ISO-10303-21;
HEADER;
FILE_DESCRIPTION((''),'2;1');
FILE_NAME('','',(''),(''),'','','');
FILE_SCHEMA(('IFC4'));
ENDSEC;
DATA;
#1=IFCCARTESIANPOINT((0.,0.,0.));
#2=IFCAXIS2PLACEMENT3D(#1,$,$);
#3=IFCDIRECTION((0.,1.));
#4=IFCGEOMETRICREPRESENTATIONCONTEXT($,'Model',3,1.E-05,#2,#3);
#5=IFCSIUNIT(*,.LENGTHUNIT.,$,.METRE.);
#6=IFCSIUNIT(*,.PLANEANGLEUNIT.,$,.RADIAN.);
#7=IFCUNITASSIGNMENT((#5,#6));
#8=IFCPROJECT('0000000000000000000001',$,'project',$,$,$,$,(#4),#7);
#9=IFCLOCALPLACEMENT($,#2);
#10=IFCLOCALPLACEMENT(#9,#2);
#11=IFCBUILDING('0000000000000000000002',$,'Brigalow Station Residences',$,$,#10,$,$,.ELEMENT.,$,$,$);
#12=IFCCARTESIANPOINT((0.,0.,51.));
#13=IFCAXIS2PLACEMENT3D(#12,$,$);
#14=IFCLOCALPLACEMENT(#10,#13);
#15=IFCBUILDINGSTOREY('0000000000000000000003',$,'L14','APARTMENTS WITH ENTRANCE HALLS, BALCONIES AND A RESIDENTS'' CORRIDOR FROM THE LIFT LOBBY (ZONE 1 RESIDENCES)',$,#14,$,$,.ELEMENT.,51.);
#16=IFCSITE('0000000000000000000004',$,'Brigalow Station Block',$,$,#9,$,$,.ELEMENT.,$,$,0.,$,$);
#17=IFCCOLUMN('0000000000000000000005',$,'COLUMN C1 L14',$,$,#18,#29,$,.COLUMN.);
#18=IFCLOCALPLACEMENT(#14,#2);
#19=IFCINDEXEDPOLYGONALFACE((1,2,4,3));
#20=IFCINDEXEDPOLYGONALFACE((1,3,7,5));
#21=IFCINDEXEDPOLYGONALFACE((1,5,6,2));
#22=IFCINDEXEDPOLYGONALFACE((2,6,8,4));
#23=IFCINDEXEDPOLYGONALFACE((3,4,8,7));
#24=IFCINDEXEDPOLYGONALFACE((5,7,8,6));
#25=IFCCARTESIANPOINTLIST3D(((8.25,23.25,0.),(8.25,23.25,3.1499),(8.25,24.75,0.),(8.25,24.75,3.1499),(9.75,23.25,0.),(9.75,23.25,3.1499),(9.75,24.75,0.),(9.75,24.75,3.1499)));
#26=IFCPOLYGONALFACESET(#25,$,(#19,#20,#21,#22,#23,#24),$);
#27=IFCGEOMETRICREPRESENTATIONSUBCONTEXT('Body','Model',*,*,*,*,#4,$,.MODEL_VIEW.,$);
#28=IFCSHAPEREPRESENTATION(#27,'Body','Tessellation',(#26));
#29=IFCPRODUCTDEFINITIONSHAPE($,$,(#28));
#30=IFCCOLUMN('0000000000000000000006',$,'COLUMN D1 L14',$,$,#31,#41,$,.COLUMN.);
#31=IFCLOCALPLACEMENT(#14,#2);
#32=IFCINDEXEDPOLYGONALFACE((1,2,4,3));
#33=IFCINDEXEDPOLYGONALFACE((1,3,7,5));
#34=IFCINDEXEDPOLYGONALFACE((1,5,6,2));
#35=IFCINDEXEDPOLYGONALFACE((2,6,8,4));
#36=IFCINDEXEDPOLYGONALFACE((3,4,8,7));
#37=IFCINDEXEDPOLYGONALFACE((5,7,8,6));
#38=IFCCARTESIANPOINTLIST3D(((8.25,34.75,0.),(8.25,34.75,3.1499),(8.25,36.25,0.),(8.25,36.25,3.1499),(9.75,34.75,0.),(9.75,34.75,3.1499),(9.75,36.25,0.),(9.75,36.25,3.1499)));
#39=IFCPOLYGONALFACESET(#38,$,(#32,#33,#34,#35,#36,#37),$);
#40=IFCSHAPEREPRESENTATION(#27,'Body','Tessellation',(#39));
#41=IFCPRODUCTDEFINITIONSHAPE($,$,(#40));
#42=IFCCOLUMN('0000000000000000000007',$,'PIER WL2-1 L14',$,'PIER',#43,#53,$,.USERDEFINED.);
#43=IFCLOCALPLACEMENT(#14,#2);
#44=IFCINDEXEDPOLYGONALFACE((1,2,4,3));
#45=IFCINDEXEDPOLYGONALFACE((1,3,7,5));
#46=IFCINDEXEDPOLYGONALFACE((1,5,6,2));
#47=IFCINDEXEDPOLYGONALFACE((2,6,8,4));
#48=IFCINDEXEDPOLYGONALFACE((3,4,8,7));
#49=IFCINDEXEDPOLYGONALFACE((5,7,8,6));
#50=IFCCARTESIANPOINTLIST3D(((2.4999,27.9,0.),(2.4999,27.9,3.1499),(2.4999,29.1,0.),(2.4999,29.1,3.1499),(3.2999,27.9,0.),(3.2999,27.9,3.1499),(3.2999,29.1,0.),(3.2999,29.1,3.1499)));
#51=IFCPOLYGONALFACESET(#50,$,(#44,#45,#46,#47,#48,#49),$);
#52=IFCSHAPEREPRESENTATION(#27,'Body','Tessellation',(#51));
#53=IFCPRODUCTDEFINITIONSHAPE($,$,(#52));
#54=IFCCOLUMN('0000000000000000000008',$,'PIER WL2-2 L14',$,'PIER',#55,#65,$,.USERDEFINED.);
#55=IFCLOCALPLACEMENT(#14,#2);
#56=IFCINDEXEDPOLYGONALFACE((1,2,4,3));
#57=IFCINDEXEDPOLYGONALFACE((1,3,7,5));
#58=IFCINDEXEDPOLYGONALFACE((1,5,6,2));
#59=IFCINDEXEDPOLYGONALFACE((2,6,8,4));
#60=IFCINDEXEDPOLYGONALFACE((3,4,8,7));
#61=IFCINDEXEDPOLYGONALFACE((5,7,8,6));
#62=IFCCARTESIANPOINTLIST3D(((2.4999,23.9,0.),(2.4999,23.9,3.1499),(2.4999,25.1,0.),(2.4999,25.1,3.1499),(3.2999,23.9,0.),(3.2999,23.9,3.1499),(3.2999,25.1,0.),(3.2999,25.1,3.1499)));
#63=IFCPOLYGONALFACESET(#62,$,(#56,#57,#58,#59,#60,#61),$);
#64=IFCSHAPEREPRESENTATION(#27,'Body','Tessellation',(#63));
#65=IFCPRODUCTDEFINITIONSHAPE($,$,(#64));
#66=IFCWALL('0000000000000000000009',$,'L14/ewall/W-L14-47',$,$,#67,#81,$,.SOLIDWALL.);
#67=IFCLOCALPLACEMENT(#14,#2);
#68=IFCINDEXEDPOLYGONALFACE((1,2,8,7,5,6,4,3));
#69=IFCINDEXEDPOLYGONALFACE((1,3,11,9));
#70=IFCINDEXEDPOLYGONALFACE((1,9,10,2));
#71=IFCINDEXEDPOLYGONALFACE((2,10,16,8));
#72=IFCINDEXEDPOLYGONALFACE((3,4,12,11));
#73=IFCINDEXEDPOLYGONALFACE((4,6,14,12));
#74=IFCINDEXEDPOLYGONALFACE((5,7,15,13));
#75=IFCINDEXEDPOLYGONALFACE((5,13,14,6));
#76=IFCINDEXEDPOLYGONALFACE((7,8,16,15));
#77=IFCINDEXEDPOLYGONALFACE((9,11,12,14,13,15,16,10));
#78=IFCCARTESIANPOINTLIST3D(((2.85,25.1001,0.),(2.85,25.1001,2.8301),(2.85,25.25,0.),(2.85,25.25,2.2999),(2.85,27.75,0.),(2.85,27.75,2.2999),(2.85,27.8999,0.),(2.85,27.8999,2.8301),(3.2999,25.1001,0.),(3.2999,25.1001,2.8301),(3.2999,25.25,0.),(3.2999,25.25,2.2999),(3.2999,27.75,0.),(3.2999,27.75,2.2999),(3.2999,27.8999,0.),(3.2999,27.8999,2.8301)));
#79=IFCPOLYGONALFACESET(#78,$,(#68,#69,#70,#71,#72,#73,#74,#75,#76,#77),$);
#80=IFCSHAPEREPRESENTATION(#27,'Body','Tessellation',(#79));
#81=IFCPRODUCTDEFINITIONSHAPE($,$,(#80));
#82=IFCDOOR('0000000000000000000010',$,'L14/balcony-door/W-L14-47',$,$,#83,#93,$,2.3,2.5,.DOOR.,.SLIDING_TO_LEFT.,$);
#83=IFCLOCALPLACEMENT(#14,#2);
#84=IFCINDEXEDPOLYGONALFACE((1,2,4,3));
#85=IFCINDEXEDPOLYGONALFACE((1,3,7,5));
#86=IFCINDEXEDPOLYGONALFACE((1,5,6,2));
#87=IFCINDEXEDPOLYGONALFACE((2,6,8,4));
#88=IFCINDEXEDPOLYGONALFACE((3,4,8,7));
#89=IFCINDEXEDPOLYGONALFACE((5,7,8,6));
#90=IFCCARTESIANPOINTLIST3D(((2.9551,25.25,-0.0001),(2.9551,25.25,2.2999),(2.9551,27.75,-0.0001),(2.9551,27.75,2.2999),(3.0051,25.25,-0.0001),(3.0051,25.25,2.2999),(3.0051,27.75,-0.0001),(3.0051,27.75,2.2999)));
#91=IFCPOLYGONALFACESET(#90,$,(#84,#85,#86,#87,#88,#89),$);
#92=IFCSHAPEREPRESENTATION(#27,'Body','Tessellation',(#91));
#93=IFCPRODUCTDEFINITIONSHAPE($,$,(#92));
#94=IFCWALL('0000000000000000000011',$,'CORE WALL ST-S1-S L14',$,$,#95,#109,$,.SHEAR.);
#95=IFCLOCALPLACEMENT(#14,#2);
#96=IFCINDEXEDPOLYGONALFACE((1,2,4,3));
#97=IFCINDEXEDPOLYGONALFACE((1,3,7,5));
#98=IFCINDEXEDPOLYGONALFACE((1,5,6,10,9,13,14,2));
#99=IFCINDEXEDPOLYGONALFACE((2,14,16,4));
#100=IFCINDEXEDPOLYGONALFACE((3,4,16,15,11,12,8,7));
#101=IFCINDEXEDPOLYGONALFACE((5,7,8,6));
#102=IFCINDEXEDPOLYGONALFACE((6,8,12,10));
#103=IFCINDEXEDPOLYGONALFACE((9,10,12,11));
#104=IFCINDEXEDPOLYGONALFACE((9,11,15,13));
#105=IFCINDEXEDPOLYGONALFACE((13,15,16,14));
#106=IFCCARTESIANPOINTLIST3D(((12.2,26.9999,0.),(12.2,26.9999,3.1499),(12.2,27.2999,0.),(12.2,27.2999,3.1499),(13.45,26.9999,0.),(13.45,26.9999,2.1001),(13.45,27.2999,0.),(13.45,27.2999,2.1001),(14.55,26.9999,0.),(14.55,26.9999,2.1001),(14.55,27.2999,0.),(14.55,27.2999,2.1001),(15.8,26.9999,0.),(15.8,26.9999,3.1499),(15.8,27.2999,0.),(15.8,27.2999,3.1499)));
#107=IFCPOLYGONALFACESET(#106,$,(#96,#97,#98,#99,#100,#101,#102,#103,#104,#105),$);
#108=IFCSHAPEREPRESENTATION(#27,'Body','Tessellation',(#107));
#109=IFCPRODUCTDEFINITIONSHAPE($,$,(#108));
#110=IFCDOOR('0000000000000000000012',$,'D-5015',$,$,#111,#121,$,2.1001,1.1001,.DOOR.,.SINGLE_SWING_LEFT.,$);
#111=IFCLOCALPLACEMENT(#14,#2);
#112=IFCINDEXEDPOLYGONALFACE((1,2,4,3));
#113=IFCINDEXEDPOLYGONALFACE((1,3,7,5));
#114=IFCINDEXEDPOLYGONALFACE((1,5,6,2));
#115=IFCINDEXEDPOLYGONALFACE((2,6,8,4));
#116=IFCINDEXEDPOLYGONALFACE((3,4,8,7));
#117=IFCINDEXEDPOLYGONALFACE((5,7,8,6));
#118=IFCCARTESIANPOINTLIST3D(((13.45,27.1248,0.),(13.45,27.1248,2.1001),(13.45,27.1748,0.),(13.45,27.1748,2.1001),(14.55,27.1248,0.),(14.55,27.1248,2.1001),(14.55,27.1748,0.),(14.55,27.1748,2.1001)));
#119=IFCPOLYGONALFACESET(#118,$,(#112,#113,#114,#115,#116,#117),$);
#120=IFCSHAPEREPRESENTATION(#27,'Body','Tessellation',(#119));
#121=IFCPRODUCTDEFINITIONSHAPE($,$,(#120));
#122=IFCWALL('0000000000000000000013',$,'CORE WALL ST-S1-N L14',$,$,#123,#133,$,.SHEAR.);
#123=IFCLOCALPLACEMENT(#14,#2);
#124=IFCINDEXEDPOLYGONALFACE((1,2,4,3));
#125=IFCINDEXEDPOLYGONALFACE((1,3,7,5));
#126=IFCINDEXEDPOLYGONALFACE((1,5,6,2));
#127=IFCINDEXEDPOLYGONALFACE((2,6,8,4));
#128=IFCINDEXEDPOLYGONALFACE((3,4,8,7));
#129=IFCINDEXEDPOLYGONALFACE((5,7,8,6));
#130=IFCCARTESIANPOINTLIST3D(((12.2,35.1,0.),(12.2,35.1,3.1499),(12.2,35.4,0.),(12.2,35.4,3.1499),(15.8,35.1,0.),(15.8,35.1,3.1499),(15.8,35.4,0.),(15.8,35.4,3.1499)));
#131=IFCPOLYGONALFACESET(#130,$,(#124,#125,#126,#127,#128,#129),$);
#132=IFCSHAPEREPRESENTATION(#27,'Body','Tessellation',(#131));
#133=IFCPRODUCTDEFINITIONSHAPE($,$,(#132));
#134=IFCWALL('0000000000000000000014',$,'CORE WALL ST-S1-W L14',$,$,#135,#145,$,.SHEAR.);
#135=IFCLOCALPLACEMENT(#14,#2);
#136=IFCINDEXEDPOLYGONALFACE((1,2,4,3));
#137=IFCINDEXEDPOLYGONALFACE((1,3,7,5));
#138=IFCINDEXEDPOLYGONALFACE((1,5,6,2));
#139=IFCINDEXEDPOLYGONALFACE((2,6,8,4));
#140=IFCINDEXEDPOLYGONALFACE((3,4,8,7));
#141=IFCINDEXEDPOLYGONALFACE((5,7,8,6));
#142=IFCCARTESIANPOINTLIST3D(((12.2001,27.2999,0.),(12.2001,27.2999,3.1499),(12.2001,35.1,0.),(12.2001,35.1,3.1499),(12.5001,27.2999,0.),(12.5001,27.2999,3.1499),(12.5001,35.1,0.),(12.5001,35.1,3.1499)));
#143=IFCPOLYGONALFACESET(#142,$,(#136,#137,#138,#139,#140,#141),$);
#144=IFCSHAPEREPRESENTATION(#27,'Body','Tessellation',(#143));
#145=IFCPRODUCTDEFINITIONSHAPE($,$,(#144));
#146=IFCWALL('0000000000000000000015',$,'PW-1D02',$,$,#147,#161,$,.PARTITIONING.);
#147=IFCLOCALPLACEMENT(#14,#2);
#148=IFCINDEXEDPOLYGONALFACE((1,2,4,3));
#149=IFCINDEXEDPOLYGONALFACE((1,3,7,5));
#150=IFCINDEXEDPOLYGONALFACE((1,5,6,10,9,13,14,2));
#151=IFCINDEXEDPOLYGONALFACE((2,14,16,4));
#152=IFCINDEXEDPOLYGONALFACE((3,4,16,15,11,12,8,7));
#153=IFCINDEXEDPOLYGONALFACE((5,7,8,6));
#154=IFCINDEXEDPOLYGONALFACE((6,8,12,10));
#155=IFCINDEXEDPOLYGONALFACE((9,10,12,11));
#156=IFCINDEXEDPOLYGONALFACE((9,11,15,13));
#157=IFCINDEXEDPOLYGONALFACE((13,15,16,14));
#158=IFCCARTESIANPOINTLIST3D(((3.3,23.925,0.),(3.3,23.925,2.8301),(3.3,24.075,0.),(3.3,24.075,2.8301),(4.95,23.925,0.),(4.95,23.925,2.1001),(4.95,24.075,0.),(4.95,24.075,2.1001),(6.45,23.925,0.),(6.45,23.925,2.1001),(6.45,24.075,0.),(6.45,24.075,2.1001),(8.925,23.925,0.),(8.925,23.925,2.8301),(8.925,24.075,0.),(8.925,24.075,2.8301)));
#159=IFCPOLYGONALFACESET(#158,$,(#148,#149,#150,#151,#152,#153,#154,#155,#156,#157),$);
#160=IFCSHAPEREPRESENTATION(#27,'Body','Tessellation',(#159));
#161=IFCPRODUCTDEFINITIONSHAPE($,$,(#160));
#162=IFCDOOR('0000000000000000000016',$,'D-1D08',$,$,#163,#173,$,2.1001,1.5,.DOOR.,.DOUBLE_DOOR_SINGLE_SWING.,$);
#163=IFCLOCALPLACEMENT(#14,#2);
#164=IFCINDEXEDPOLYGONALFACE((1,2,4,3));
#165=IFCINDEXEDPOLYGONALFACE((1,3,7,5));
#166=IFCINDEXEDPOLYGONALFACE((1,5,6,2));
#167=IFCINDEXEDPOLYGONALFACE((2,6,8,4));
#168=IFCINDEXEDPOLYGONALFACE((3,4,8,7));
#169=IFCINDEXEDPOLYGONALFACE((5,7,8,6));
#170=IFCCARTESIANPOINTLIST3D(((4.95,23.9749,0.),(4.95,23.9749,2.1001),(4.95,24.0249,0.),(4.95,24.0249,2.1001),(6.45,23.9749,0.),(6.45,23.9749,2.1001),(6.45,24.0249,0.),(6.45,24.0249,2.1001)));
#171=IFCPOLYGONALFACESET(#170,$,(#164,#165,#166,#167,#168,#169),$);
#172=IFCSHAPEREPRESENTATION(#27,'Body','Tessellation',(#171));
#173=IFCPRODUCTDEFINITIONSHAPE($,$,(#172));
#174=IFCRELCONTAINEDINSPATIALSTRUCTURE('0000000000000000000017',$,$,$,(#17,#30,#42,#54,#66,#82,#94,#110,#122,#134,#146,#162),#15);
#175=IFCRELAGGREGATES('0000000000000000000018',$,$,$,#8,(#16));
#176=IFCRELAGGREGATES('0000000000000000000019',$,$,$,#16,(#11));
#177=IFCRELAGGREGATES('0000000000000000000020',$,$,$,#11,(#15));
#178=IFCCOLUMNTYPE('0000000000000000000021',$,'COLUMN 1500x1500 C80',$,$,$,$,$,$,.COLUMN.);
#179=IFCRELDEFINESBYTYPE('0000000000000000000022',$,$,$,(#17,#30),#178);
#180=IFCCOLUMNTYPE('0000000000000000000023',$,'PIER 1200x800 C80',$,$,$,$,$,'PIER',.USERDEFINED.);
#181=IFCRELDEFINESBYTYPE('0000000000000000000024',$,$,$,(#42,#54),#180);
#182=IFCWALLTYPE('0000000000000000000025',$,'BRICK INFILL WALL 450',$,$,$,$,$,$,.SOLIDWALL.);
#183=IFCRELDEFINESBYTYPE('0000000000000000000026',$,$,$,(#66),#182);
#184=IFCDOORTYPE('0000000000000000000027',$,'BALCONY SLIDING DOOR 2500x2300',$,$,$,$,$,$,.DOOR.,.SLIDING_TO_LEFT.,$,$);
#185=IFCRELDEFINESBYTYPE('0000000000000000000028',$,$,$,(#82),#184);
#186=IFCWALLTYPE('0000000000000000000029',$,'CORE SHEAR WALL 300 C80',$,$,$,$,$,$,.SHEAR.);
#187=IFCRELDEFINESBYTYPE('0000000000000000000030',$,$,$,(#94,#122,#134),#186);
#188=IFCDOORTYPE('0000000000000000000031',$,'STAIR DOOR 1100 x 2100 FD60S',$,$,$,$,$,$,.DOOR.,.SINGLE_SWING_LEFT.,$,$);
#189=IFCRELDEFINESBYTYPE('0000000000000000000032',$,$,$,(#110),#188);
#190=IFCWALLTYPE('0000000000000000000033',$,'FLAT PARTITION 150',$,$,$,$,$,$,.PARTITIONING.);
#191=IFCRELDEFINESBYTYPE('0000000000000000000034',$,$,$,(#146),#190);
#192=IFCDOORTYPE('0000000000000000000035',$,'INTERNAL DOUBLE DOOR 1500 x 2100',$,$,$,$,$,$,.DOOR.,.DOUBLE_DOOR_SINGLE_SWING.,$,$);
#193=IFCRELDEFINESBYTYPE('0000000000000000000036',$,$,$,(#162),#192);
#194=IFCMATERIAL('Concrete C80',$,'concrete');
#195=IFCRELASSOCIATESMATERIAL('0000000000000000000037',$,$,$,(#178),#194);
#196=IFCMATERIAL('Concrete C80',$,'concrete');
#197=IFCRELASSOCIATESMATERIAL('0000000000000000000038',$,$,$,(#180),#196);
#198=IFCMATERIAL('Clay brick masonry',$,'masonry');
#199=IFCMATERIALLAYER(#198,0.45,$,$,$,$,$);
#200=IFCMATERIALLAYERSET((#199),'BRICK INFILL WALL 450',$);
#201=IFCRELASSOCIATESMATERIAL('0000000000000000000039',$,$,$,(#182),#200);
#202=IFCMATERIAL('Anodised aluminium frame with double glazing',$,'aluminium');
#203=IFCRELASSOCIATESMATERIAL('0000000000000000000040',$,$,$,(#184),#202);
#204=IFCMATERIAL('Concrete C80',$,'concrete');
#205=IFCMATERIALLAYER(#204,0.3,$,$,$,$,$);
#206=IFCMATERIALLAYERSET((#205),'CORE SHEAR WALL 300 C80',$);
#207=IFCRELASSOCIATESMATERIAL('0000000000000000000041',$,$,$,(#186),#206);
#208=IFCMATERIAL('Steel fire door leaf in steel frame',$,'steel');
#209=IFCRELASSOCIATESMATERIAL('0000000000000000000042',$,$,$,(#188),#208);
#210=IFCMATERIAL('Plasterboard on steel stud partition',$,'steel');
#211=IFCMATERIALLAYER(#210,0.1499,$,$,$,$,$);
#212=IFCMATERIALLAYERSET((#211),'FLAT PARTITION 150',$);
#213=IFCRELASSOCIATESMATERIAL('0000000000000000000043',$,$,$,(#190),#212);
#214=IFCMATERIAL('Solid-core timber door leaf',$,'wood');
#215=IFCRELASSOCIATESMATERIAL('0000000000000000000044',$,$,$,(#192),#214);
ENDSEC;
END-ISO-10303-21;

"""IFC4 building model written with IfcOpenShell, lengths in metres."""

from ifc_helpers import new_model, si_unit, direction, frame, frame_2d, origin, origin_2d, place, context, subcontext, project, spatial, rectangle, extrude, material, layer, layer_set, material_profile, profile_set, type_object, element, fill, save


model = new_model("IFC4")

# Units and contexts
model_context = context("Model", 3, precision=1e-05, world=origin(), true_north=direction((0.0, 1.0)))
body_context = subcontext(model_context, "Body", "Model", "MODEL_VIEW")
ifc_project = project(units=[si_unit("LENGTHUNIT", "METRE"), si_unit("PLANEANGLEUNIT", "RADIAN")], contexts=[model_context])

# Site, building, storey
site_placement = place(None, origin())
site = spatial("IfcSite", under=ifc_project, at=site_placement, Name="Brigalow Station Block", CompositionType="ELEMENT", RefElevation=0.0)
building_placement = place(site_placement, origin())
building = spatial("IfcBuilding", under=site, at=building_placement, Name="Brigalow Station Residences", CompositionType="ELEMENT")
storey_placement = place(building_placement, frame((0.0, 0.0, 51.0)))
storey = spatial("IfcBuildingStorey", under=building, at=storey_placement, Name="L14", Description="APARTMENTS WITH ENTRANCE HALLS, BALCONIES AND A RESIDENTS' CORRIDOR FROM THE LIFT LOBBY (ZONE 1 RESIDENCES)", CompositionType="ELEMENT", Elevation=51.0)

# Columns
ifc_material_1 = material(Name="Concrete C80", Category="concrete")
ifc_material_profile_1 = material_profile(ifc_material_1, rectangle(XDim=1.5, YDim=1.5, at=origin_2d()), Name="RC1500x1500")
ifc_profile_set_1 = profile_set([ifc_material_profile_1], Name="Concrete C80")
column_type_1 = type_object("IfcColumnType", Name="COLUMN 1500x1500 C80", PredefinedType="COLUMN", material=ifc_profile_set_1)
for number, where, z_axis, x_axis, name in (
    (1, (9.0, 24.0, 0.0), (0.0, 0.0, 1.0), (1.0, 0.0, 0.0), "COLUMN C1 L14"),
    (2, (9.0, 35.5, 0.0), (0.0, 0.0, 1.0), (1.0, 0.0, 0.0), "COLUMN D1 L14"),
):
    element("IfcColumn", number, at=place(storey_placement, frame(where, z_axis=z_axis, x_axis=x_axis)), inside=storey, type_object=column_type_1, Name=name, PredefinedType="COLUMN", context=body_context, shape_type="SweptSolid", body=[
        extrude(rectangle(XDim=1.5, YDim=1.5, at=origin_2d()), origin(), (0.0, 0.0, 1.0), 3.1499),
    ])
ifc_material_2 = material(Name="Concrete C80", Category="concrete")
ifc_material_profile_2 = material_profile(ifc_material_2, rectangle(XDim=1.2, YDim=0.8, at=origin_2d()), Name="RC1200x800")
ifc_profile_set_2 = profile_set([ifc_material_profile_2], Name="Concrete C80")
column_type_2 = type_object("IfcColumnType", Name="PIER 1200x800 C80", ElementType="PIER", PredefinedType="USERDEFINED", material=ifc_profile_set_2)
for number, where, z_axis, x_axis, name in (
    (3, (2.8999, 28.5, 0.0), (0.0, 0.0, 1.0), (0.0, -1.0, 0.0), "PIER WL2-1 L14"),
    (4, (2.8999, 24.5, 0.0), (0.0, 0.0, 1.0), (0.0, -1.0, 0.0), "PIER WL2-2 L14"),
):
    element("IfcColumn", number, at=place(storey_placement, frame(where, z_axis=z_axis, x_axis=x_axis)), inside=storey, type_object=column_type_2, Name=name, ObjectType="PIER", PredefinedType="USERDEFINED", context=body_context, shape_type="SweptSolid", body=[
        extrude(rectangle(XDim=1.2, YDim=0.8, at=origin_2d()), origin(), (0.0, 0.0, 1.0), 3.1499),
    ])

# Walls, openings, doors
ifc_material_3 = material(Name="Clay brick masonry", Category="masonry")
ifc_layer_1 = layer(ifc_material_3, 0.45)
ifc_layer_set_1 = layer_set([ifc_layer_1], Name="BRICK INFILL WALL 450")
wall_type_1 = type_object("IfcWallType", Name="BRICK INFILL WALL 450", PredefinedType="SOLIDWALL", material=ifc_layer_set_1)
wall_1_placement = place(storey_placement, frame((3.075, 27.8999, 0.0), z_axis=(0.0, 0.0, 1.0), x_axis=(0.0, -1.0, 0.0)))
wall_1 = element("IfcWall", 5, at=wall_1_placement, inside=storey, type_object=wall_type_1, Name="L14/ewall/W-L14-47", PredefinedType="SOLIDWALL", context=body_context, shape_type="SweptSolid", body=[
    extrude(rectangle(XDim=2.7998, YDim=0.45, at=frame_2d((1.3999, 0.0))), origin(), (0.0, 0.0, 1.0), 2.8301),
])
opening_1_placement = place(wall_1_placement, frame((0.1499, 0.0, 0.0)))
opening_1 = element("IfcOpeningElement", 6, at=opening_1_placement, cuts=wall_1, PredefinedType="OPENING", context=body_context, shape_type="SweptSolid", body=[
    extrude(rectangle(XDim=2.5, YDim=2.3, at=frame_2d((1.25, 1.1499))), frame((0.0, 0.2349, 0.0), z_axis=(0.0, -1.0, 0.0), x_axis=(1.0, 0.0, 0.0)), (0.0, 0.0, 1.0), 0.47),
])
ifc_material_4 = material(Name="Anodised aluminium frame with double glazing", Category="aluminium")
door_type_1 = type_object("IfcDoorType", Name="BALCONY SLIDING DOOR 2500x2300", OperationType="SLIDING_TO_LEFT", PredefinedType="DOOR", material=ifc_material_4)
door_1_placement = place(opening_1_placement, origin())
door_1 = element("IfcDoor", 7, at=door_1_placement, inside=storey, type_object=door_type_1, Name="L14/balcony-door/W-L14-47", OperationType="SLIDING_TO_LEFT", OverallHeight=2.3, OverallWidth=2.5, PredefinedType="DOOR", context=body_context, shape_type="SweptSolid", body=[
    extrude(rectangle(XDim=2.5, YDim=2.3, at=frame_2d((1.25, 1.1499))), frame((0.0, -0.0698, 0.0), z_axis=(0.0, -1.0, 0.0), x_axis=(1.0, 0.0, 0.0)), (0.0, 0.0, 1.0), 0.05),
])
fill(opening_1, door_1)
ifc_material_5 = material(Name="Concrete C80", Category="concrete")
ifc_layer_2 = layer(ifc_material_5, 0.3)
ifc_layer_set_2 = layer_set([ifc_layer_2], Name="CORE SHEAR WALL 300 C80")
wall_type_2 = type_object("IfcWallType", Name="CORE SHEAR WALL 300 C80", PredefinedType="SHEAR", material=ifc_layer_set_2)
wall_2_placement = place(storey_placement, frame((12.2, 27.1499, 0.0), z_axis=(0.0, 0.0, 1.0), x_axis=(1.0, 0.0, 0.0)))
wall_2 = element("IfcWall", 8, at=wall_2_placement, inside=storey, type_object=wall_type_2, Name="CORE WALL ST-S1-S L14", PredefinedType="SHEAR", context=body_context, shape_type="SweptSolid", body=[
    extrude(rectangle(XDim=3.6001, YDim=0.3, at=frame_2d((1.8, 0.0))), origin(), (0.0, 0.0, 1.0), 3.1499),
])
opening_2_placement = place(wall_2_placement, frame((1.25, 0.0, 0.0)))
opening_2 = element("IfcOpeningElement", 9, at=opening_2_placement, cuts=wall_2, PredefinedType="OPENING", context=body_context, shape_type="SweptSolid", body=[
    extrude(rectangle(XDim=1.1001, YDim=2.1001, at=frame_2d((0.55, 1.05))), frame((0.0, 0.1602, 0.0), z_axis=(0.0, -1.0, 0.0), x_axis=(1.0, 0.0, 0.0)), (0.0, 0.0, 1.0), 0.3201),
])
ifc_material_6 = material(Name="Steel fire door leaf in steel frame", Category="steel")
door_type_2 = type_object("IfcDoorType", Name="STAIR DOOR 1100 x 2100 FD60S", OperationType="SINGLE_SWING_LEFT", PredefinedType="DOOR", material=ifc_material_6)
door_2_placement = place(opening_2_placement, origin())
door_2 = element("IfcDoor", 10, at=door_2_placement, inside=storey, type_object=door_type_2, Name="D-5015", OperationType="SINGLE_SWING_LEFT", OverallHeight=2.1001, OverallWidth=1.1001, PredefinedType="DOOR", context=body_context, shape_type="SweptSolid", body=[
    extrude(rectangle(XDim=1.1001, YDim=2.1001, at=frame_2d((0.55, 1.05))), frame((0.0, 0.0249, 0.0), z_axis=(0.0, -1.0, 0.0), x_axis=(1.0, 0.0, 0.0)), (0.0, 0.0, 1.0), 0.05),
])
fill(opening_2, door_2)

# Walls
wall_3_placement = place(storey_placement, frame((12.2, 35.25, 0.0), z_axis=(0.0, 0.0, 1.0), x_axis=(1.0, 0.0, 0.0)))
element("IfcWall", 11, at=wall_3_placement, inside=storey, type_object=wall_type_2, Name="CORE WALL ST-S1-N L14", PredefinedType="SHEAR", context=body_context, shape_type="SweptSolid", body=[
    extrude(rectangle(XDim=3.6001, YDim=0.3, at=frame_2d((1.8, 0.0))), origin(), (0.0, 0.0, 1.0), 3.1499),
])
wall_4_placement = place(storey_placement, frame((12.3501, 27.3, 0.0), z_axis=(0.0, 0.0, 1.0), x_axis=(0.0, 1.0, 0.0)))
element("IfcWall", 12, at=wall_4_placement, inside=storey, type_object=wall_type_2, Name="CORE WALL ST-S1-W L14", PredefinedType="SHEAR", context=body_context, shape_type="SweptSolid", body=[
    extrude(rectangle(XDim=7.8, YDim=0.3, at=frame_2d((3.8999, 0.0))), origin(), (0.0, 0.0, 1.0), 3.1499),
])

# Wall, opening, door
ifc_material_7 = material(Name="Plasterboard on steel stud partition", Category="steel")
ifc_layer_3 = layer(ifc_material_7, 0.1499)
ifc_layer_set_3 = layer_set([ifc_layer_3], Name="FLAT PARTITION 150")
wall_type_3 = type_object("IfcWallType", Name="FLAT PARTITION 150", PredefinedType="PARTITIONING", material=ifc_layer_set_3)
wall_5_placement = place(storey_placement, frame((3.3, 24.0, 0.0), z_axis=(0.0, 0.0, 1.0), x_axis=(1.0, 0.0, 0.0)))
wall_5 = element("IfcWall", 13, at=wall_5_placement, inside=storey, type_object=wall_type_3, Name="PW-1D02", PredefinedType="PARTITIONING", context=body_context, shape_type="SweptSolid", body=[
    extrude(rectangle(XDim=5.625, YDim=0.1499, at=frame_2d((2.8125, 0.0))), origin(), (0.0, 0.0, 1.0), 2.8301),
])
opening_3_placement = place(wall_5_placement, frame((1.6499, 0.0, 0.0)))
opening_3 = element("IfcOpeningElement", 14, at=opening_3_placement, cuts=wall_5, PredefinedType="OPENING", context=body_context, shape_type="SweptSolid", body=[
    extrude(rectangle(XDim=1.5, YDim=2.1001, at=frame_2d((0.75, 1.05))), frame((0.0, 0.085, 0.0), z_axis=(0.0, -1.0, 0.0), x_axis=(1.0, 0.0, 0.0)), (0.0, 0.0, 1.0), 0.1699),
])
ifc_material_8 = material(Name="Solid-core timber door leaf", Category="wood")
door_type_3 = type_object("IfcDoorType", Name="INTERNAL DOUBLE DOOR 1500 x 2100", OperationType="DOUBLE_DOOR_SINGLE_SWING", PredefinedType="DOOR", material=ifc_material_8)
door_3_placement = place(opening_3_placement, origin())
door_3 = element("IfcDoor", 15, at=door_3_placement, inside=storey, type_object=door_type_3, Name="D-1D08", OperationType="DOUBLE_DOOR_SINGLE_SWING", OverallHeight=2.1001, OverallWidth=1.5, PredefinedType="DOOR", context=body_context, shape_type="SweptSolid", body=[
    extrude(rectangle(XDim=1.5, YDim=2.1001, at=frame_2d((0.75, 1.05))), frame((0.0, 0.0249, 0.0), z_axis=(0.0, -1.0, 0.0), x_axis=(1.0, 0.0, 0.0)), (0.0, 0.0, 1.0), 0.05),
])
fill(opening_3, door_3)

save(model, "model.ifc")
